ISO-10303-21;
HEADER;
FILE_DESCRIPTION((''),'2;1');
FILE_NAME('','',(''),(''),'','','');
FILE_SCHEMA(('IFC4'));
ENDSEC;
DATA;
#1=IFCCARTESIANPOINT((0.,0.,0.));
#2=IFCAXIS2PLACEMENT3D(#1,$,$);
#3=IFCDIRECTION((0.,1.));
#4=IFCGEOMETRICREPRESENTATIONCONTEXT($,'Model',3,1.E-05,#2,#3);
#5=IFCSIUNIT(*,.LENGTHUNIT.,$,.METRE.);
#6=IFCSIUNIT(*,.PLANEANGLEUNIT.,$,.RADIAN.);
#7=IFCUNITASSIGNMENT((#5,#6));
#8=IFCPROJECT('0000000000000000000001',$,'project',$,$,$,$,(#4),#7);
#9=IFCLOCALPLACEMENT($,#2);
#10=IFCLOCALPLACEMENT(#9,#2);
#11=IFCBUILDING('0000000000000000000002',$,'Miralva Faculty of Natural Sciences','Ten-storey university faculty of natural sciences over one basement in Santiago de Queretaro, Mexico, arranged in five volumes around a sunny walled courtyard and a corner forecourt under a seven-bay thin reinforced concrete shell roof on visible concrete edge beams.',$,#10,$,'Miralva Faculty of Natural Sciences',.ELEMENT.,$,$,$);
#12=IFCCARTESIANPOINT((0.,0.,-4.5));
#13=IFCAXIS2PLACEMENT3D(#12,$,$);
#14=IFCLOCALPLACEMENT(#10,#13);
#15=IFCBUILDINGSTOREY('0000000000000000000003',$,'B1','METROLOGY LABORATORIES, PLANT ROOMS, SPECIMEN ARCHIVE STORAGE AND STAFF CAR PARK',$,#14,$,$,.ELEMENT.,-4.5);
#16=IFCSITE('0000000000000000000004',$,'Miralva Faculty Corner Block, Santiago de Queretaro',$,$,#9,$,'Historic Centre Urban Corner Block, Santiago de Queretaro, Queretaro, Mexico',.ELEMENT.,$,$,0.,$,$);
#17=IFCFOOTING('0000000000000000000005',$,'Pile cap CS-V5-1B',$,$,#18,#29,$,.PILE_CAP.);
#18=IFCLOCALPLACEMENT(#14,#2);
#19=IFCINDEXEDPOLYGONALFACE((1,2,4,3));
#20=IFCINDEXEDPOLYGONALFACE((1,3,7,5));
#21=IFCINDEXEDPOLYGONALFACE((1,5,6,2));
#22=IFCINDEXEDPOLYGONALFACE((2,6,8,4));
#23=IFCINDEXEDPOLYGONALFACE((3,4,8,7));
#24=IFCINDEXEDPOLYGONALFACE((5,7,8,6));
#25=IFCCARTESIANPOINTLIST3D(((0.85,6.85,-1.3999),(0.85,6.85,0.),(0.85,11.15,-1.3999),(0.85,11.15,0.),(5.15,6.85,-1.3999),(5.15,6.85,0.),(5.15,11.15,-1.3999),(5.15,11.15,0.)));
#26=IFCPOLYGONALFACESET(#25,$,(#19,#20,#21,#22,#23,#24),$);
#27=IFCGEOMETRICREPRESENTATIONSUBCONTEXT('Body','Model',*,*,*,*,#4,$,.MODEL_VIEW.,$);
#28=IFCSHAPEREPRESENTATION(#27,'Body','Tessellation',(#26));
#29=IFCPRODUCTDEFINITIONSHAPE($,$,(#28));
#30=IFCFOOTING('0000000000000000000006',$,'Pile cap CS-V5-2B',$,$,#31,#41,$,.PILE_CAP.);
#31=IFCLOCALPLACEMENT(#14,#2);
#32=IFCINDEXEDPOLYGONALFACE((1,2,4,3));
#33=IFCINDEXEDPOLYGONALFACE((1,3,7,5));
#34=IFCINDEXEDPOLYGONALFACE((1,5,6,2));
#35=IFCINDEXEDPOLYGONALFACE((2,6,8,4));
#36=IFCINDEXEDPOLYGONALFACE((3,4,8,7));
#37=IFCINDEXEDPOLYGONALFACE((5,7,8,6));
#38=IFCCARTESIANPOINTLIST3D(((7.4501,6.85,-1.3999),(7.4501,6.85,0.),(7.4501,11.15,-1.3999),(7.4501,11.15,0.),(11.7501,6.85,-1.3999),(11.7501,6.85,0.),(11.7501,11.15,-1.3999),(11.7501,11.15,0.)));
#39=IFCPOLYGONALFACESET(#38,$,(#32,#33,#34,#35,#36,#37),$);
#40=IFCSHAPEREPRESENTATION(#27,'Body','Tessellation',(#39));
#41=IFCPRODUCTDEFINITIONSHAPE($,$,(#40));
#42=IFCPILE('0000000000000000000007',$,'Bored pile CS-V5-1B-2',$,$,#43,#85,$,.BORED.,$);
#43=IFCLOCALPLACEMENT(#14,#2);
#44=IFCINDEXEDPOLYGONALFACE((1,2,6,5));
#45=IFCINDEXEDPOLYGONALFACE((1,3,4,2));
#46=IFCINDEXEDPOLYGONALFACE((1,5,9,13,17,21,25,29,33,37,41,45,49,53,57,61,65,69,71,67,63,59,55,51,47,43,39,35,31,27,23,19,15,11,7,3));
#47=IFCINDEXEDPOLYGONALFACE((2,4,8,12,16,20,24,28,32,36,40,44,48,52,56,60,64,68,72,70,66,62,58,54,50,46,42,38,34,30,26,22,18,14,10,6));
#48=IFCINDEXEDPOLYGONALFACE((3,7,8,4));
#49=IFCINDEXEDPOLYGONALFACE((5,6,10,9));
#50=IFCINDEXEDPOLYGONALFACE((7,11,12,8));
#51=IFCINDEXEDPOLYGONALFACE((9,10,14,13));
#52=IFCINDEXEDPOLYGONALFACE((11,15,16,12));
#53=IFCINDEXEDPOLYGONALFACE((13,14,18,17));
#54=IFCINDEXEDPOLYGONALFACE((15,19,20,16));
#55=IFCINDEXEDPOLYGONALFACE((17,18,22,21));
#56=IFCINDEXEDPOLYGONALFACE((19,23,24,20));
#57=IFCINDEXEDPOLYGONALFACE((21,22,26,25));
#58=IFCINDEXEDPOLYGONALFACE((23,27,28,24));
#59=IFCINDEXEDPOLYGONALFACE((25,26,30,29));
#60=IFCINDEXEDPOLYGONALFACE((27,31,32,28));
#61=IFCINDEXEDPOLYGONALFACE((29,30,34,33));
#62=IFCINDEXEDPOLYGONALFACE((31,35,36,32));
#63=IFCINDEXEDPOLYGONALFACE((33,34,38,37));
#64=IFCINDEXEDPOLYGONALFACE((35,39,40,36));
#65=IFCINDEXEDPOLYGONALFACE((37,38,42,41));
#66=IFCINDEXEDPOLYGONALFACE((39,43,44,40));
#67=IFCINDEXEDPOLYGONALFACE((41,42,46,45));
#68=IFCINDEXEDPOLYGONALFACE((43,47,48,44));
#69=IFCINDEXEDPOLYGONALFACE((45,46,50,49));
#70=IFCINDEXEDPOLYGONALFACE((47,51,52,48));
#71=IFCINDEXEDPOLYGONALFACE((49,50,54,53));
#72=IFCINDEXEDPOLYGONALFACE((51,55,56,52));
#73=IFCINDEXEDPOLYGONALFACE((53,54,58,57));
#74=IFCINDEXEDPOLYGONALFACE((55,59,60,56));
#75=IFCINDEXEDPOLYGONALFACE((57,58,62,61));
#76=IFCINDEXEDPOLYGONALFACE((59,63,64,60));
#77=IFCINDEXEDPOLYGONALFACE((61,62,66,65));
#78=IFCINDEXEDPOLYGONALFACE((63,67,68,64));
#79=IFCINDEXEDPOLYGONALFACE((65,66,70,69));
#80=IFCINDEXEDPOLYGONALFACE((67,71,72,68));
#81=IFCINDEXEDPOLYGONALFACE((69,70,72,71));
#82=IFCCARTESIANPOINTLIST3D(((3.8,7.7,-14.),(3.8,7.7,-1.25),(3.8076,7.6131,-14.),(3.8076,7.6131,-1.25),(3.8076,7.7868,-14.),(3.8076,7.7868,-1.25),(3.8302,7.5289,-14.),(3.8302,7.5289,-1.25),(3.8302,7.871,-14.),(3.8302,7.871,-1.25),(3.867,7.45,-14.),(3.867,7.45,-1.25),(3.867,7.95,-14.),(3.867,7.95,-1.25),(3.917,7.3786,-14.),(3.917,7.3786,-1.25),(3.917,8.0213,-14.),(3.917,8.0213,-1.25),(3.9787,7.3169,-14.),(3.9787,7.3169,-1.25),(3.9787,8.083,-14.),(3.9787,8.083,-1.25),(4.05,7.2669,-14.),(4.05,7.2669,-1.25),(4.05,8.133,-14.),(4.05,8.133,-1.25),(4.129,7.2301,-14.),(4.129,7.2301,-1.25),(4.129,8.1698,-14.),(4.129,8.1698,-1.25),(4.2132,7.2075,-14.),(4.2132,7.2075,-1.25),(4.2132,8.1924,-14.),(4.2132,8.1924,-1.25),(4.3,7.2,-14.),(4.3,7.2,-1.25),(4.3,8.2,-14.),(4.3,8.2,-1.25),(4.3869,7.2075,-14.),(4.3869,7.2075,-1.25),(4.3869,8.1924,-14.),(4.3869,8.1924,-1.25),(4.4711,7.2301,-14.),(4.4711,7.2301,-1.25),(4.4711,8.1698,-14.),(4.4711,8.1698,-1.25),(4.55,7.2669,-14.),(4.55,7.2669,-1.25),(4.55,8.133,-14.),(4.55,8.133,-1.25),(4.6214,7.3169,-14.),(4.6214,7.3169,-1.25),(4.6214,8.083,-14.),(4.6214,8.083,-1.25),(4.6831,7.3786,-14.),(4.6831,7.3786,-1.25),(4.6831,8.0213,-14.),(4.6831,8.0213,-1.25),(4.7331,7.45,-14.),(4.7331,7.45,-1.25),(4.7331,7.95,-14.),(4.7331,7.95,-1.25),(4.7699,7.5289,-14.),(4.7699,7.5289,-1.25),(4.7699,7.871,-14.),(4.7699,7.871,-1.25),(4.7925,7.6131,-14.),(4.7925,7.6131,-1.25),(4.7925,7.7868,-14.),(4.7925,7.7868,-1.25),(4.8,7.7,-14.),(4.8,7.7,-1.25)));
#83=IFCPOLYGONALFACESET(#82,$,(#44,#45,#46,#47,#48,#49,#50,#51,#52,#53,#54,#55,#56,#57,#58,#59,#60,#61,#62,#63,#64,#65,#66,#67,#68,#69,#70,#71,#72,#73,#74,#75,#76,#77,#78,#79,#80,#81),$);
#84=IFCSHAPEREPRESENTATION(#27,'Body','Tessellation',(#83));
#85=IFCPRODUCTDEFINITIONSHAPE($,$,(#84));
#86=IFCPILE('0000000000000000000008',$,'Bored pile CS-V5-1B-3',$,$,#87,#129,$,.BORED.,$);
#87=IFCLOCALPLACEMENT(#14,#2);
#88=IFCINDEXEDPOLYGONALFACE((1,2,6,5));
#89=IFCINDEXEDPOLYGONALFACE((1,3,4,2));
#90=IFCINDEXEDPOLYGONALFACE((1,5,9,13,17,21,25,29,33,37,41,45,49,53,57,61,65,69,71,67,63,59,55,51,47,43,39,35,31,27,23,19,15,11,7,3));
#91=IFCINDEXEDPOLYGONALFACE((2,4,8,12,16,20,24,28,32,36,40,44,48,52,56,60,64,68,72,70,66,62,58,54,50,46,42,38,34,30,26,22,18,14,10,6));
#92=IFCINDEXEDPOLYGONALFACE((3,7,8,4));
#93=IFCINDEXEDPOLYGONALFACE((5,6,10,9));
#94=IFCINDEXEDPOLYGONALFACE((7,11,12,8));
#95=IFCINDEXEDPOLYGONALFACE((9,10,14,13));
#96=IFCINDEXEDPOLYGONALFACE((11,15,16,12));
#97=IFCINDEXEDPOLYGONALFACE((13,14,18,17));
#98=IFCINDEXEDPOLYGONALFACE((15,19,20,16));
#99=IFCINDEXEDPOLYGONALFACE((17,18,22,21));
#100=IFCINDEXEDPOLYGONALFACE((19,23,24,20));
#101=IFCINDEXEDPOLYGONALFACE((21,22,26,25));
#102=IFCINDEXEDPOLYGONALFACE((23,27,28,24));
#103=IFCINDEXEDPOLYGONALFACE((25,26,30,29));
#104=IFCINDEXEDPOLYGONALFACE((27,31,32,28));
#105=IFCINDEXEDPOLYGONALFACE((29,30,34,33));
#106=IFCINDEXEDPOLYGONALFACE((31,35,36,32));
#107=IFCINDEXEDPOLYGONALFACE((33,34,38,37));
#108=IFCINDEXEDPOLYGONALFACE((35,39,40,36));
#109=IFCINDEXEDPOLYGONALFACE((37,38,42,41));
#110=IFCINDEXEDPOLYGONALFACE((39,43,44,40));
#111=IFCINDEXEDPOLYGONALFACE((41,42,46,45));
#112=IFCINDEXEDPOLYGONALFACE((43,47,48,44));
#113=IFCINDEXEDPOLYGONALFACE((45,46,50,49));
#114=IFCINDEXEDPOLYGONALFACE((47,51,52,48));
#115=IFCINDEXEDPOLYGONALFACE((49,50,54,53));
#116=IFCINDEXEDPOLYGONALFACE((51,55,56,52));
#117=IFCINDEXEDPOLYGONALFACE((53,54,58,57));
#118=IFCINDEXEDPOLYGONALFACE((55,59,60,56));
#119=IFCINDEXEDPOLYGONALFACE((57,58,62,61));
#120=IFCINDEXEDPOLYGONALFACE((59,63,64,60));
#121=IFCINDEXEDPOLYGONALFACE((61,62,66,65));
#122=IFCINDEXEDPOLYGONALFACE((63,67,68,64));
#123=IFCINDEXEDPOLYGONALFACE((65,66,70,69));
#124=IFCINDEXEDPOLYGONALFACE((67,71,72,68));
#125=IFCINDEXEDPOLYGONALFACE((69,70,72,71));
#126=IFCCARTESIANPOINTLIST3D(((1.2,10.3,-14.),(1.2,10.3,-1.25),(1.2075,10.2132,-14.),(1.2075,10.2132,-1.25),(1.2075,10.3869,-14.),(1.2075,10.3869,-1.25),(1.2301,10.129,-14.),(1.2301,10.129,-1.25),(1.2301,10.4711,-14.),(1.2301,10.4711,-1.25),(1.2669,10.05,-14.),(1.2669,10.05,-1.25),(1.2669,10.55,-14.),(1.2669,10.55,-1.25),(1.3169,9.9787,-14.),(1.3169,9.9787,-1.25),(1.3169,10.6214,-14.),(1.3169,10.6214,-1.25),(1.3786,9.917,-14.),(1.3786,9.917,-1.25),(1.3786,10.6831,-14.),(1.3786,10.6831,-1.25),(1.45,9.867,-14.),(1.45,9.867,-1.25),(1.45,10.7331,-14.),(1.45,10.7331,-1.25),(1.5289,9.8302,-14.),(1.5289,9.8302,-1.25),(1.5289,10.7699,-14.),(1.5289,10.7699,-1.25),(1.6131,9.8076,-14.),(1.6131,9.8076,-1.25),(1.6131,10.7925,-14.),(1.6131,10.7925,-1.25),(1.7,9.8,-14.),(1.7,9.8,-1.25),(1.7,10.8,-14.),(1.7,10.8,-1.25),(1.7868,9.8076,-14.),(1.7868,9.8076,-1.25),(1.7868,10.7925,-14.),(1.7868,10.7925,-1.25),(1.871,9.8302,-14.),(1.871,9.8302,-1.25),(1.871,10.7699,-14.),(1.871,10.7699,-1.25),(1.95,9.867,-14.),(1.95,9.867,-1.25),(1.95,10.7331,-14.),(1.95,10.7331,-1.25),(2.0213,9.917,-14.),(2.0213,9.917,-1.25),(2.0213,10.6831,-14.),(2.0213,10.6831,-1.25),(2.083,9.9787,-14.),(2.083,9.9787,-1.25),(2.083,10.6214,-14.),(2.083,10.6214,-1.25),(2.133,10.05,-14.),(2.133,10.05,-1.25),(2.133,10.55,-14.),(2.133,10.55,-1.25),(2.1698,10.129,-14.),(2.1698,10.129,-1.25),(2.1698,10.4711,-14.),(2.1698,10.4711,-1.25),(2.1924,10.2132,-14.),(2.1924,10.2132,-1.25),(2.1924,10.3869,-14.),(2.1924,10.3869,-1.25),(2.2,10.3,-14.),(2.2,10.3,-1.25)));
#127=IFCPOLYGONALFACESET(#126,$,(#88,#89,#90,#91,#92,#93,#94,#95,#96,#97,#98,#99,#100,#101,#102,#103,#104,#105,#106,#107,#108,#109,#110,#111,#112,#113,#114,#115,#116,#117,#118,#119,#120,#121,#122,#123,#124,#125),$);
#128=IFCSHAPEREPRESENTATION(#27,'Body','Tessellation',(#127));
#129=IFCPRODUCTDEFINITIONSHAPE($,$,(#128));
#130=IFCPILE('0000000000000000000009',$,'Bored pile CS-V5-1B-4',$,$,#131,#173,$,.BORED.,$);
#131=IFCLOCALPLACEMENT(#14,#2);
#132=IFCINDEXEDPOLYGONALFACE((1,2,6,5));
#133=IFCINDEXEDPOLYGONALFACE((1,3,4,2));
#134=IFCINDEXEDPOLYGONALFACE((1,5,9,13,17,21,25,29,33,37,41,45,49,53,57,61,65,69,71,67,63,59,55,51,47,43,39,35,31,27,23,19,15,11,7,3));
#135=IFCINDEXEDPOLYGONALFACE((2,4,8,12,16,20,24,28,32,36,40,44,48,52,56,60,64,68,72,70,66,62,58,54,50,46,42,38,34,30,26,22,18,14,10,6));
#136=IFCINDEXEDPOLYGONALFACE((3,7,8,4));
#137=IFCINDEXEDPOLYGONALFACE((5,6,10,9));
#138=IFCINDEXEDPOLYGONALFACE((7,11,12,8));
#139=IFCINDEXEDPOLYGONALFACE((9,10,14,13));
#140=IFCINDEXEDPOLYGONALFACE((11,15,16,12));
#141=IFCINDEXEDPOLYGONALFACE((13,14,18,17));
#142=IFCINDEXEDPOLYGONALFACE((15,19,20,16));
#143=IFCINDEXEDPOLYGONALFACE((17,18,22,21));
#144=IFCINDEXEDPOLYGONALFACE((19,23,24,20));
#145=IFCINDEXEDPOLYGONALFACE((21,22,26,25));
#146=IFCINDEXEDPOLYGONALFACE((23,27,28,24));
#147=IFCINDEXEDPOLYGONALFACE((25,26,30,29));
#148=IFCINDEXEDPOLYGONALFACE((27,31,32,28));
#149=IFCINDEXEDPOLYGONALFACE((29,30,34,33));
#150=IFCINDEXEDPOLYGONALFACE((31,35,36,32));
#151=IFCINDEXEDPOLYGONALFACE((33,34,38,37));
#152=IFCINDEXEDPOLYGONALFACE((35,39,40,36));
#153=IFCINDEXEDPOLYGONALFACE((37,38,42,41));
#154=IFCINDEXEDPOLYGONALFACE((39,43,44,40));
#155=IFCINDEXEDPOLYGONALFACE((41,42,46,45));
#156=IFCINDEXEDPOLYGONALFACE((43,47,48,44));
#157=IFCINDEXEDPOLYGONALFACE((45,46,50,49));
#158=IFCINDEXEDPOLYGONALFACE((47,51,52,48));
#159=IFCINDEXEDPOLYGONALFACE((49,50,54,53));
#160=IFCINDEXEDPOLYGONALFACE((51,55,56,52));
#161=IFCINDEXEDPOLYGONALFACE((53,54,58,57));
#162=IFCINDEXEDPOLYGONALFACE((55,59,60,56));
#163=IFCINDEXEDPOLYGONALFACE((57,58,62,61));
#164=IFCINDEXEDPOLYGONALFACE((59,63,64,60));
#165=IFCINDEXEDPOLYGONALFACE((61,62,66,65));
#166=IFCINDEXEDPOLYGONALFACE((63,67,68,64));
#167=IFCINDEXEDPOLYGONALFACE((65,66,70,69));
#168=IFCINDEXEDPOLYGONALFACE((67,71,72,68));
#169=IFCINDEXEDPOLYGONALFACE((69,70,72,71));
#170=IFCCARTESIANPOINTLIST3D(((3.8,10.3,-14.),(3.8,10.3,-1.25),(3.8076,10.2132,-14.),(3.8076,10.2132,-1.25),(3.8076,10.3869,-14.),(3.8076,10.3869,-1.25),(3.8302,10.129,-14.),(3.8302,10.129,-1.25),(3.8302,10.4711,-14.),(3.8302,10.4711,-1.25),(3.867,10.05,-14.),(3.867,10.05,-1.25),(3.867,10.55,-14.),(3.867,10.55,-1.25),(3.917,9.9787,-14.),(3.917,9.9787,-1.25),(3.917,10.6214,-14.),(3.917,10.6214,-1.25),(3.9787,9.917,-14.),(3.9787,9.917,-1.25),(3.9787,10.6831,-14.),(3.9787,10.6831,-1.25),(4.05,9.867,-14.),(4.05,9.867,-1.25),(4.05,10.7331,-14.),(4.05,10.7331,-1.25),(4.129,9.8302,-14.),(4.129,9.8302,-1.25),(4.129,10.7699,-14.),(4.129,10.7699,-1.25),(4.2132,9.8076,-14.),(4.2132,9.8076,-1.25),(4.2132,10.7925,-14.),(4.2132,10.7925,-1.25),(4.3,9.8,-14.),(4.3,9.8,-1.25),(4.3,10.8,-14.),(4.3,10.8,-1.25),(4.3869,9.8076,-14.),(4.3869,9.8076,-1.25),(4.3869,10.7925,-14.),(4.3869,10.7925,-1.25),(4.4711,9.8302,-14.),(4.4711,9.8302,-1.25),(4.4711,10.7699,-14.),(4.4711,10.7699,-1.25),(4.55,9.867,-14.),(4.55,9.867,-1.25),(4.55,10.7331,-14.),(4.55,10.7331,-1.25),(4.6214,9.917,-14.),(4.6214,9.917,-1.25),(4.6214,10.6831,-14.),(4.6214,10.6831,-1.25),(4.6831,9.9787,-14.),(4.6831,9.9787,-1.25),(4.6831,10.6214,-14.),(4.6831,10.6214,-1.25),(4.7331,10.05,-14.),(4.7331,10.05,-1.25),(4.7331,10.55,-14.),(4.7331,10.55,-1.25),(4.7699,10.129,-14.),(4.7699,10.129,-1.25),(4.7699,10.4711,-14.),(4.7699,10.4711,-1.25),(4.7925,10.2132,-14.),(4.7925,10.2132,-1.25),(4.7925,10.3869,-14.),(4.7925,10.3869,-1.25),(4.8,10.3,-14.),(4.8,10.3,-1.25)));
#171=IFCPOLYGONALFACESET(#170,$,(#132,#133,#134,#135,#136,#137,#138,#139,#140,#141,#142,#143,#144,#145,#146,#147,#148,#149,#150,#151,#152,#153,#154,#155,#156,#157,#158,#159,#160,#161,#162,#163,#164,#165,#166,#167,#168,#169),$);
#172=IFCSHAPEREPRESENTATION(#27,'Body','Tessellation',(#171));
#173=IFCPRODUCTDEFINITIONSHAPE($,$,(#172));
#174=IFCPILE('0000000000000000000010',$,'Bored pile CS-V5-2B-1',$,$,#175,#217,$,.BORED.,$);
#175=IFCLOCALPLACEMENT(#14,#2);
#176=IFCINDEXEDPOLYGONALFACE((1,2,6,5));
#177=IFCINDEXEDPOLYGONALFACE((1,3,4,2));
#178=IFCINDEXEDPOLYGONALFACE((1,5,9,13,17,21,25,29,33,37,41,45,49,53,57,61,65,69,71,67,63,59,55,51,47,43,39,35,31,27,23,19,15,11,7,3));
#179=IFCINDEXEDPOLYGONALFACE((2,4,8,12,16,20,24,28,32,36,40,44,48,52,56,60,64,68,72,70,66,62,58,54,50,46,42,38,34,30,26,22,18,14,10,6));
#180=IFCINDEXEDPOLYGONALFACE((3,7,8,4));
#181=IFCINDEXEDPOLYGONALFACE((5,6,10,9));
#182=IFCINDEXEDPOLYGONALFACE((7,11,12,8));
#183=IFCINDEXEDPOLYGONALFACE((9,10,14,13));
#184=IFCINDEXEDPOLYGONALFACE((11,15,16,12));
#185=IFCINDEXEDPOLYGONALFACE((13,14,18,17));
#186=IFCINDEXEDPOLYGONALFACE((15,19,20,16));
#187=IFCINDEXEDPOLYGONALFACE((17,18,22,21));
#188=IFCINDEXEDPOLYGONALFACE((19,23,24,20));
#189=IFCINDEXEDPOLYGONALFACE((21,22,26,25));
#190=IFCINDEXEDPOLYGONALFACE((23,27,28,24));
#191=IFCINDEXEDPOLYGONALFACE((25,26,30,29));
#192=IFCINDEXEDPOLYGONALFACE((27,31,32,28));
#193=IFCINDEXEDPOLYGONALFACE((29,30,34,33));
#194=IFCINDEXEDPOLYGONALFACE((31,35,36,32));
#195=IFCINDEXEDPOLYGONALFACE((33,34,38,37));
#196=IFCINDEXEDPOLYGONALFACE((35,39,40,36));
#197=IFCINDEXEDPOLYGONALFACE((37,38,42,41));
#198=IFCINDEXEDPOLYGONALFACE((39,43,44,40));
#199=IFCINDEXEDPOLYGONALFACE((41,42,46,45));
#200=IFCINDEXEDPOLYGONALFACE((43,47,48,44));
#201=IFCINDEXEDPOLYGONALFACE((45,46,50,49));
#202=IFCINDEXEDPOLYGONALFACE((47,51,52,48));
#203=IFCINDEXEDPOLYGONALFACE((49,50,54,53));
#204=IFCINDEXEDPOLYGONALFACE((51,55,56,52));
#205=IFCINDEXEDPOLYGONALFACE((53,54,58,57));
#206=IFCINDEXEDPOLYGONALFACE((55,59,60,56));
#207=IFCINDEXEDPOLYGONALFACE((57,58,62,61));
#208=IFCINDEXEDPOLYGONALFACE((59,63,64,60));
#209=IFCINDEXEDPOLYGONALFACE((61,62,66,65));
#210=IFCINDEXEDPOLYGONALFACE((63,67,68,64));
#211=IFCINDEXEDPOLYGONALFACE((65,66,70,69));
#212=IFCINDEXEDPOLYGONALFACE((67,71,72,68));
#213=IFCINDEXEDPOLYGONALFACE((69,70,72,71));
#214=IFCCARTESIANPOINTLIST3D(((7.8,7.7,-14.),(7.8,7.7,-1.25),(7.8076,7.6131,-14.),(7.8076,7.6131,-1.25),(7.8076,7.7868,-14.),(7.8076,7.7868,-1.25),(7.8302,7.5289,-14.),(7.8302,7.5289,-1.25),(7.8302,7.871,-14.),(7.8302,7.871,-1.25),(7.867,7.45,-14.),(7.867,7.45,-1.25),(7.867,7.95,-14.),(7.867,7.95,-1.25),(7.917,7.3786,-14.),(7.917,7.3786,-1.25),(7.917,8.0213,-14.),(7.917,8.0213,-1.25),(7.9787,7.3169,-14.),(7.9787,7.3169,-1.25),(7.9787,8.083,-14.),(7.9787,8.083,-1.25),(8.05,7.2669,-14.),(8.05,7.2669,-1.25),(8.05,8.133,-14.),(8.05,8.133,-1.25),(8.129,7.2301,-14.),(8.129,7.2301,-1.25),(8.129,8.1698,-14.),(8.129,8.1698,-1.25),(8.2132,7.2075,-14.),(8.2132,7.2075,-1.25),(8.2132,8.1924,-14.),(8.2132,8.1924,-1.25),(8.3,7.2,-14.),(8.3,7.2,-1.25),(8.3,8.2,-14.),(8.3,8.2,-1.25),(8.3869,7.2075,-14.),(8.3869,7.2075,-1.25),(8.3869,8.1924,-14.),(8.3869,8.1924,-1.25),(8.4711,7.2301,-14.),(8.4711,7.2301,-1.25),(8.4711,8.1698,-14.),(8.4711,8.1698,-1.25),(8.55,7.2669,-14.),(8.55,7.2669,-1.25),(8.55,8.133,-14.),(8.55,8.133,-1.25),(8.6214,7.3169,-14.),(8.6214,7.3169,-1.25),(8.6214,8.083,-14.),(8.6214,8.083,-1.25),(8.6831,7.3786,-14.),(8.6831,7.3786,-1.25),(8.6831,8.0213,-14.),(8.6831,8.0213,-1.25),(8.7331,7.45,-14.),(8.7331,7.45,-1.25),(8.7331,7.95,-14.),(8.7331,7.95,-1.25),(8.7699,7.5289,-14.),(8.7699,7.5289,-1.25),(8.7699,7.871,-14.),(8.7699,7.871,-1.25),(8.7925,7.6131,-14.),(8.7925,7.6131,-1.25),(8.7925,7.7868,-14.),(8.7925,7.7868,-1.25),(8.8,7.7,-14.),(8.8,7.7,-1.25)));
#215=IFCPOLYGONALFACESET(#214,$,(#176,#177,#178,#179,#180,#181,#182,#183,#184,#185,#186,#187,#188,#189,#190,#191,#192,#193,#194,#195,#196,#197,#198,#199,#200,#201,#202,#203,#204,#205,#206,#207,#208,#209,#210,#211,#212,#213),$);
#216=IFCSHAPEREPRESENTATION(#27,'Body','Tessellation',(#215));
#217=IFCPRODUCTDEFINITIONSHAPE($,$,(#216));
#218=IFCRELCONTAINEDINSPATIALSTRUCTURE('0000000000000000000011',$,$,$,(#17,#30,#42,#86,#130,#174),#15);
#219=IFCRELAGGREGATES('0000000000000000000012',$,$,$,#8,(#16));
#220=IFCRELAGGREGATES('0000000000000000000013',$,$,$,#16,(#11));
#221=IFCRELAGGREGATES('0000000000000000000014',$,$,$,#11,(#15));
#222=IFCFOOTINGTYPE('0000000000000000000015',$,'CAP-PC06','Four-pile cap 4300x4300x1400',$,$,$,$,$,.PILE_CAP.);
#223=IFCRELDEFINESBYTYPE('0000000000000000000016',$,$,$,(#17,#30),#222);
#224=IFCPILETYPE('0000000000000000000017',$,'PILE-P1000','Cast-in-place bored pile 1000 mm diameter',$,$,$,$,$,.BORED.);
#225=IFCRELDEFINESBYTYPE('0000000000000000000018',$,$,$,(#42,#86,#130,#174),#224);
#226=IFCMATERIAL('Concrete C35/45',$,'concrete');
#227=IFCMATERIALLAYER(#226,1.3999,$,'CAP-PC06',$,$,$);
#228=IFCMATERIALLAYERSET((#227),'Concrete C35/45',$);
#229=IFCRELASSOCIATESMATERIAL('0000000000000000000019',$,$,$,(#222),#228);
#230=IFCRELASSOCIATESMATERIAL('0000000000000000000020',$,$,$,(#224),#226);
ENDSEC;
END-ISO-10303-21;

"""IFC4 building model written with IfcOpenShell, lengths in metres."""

from ifc_helpers import new_model, si_unit, direction, frame, origin, origin_2d, place, context, subcontext, project, spatial, rectangle, circle, extrude, material, layer, layer_set, material_profile, profile_set, type_object, element, save


model = new_model("IFC4")

# Units and contexts
model_context = context("Model", 3, precision=1e-05, world=origin(), true_north=direction((0.0, 1.0)))
body_context = subcontext(model_context, "Body", "Model", "MODEL_VIEW")
ifc_project = project(units=[si_unit("LENGTHUNIT", "METRE"), si_unit("PLANEANGLEUNIT", "RADIAN")], contexts=[model_context])

# Site, building, storey
site_placement = place(None, origin())
site = spatial("IfcSite", under=ifc_project, at=site_placement, Name="Miralva Faculty Corner Block, Santiago de Queretaro", LongName="Historic Centre Urban Corner Block, Santiago de Queretaro, Queretaro, Mexico", CompositionType="ELEMENT", RefElevation=0.0)
building_placement = place(site_placement, origin())
building = spatial("IfcBuilding", under=site, at=building_placement, Name="Miralva Faculty of Natural Sciences", Description="Ten-storey university faculty of natural sciences over one basement in Santiago de Queretaro, Mexico, arranged in five volumes around a sunny walled courtyard and a corner forecourt under a seven-bay thin reinforced concrete shell roof on visible concrete edge beams.", LongName="Miralva Faculty of Natural Sciences", CompositionType="ELEMENT")
storey_placement = place(building_placement, frame((0.0, 0.0, -4.5)))
storey = spatial("IfcBuildingStorey", under=building, at=storey_placement, Name="B1", Description="METROLOGY LABORATORIES, PLANT ROOMS, SPECIMEN ARCHIVE STORAGE AND STAFF CAR PARK", CompositionType="ELEMENT", Elevation=-4.5)

# Footings
ifc_material_1 = material(Name="Concrete C35/45", Category="concrete")
ifc_layer_1 = layer(ifc_material_1, 1.3999, Name="CAP-PC06")
ifc_layer_set_1 = layer_set([ifc_layer_1], Name="Concrete C35/45")
footing_type_1 = type_object("IfcFootingType", Name="CAP-PC06", Description="Four-pile cap 4300x4300x1400", PredefinedType="PILE_CAP", material=ifc_layer_set_1)
for number, where, z_axis, x_axis, name in (
    (1, (3.0, 9.0, -1.3999), (0.0, 0.0, 1.0), (1.0, 0.0, 0.0), "Pile cap CS-V5-1B"),
    (2, (9.6001, 9.0, -1.3999), (0.0, 0.0, 1.0), (1.0, 0.0, 0.0), "Pile cap CS-V5-2B"),
):
    element("IfcFooting", number, at=place(storey_placement, frame(where, z_axis=z_axis, x_axis=x_axis)), inside=storey, type_object=footing_type_1, Name=name, PredefinedType="PILE_CAP", context=body_context, shape_type="SweptSolid", body=[
        extrude(rectangle(XDim=4.3, YDim=4.3, at=origin_2d()), origin(), (0.0, 0.0, 1.0), 1.3999),
    ])

# Piles
ifc_material_profile_1 = material_profile(ifc_material_1, circle(Radius=0.5, at=origin_2d()), Name="BORED PILE 1000")
ifc_profile_set_1 = profile_set([ifc_material_profile_1], Name="Concrete C35/45")
pile_type = type_object("IfcPileType", Name="PILE-P1000", Description="Cast-in-place bored pile 1000 mm diameter", PredefinedType="BORED", material=ifc_profile_set_1)
for number, where, z_axis, x_axis, name in (
    (3, (4.3, 7.7, -1.25), (0.0, 0.0, -1.0), (1.0, 0.0, 0.0), "Bored pile CS-V5-1B-2"),
    (4, (1.7, 10.3, -1.25), (0.0, 0.0, -1.0), (1.0, 0.0, 0.0), "Bored pile CS-V5-1B-3"),
    (5, (4.3, 10.3, -1.25), (0.0, 0.0, -1.0), (1.0, 0.0, 0.0), "Bored pile CS-V5-1B-4"),
    (6, (8.3, 7.7, -1.25), (0.0, 0.0, -1.0), (1.0, 0.0, 0.0), "Bored pile CS-V5-2B-1"),
):
    element("IfcPile", number, at=place(storey_placement, frame(where, z_axis=z_axis, x_axis=x_axis)), inside=storey, type_object=pile_type, Name=name, PredefinedType="BORED", context=body_context, shape_type="SweptSolid", body=[
        extrude(circle(Radius=0.5, at=origin_2d()), origin(), (0.0, 0.0, 1.0), 12.75),
    ])

save(model, "model.ifc")
